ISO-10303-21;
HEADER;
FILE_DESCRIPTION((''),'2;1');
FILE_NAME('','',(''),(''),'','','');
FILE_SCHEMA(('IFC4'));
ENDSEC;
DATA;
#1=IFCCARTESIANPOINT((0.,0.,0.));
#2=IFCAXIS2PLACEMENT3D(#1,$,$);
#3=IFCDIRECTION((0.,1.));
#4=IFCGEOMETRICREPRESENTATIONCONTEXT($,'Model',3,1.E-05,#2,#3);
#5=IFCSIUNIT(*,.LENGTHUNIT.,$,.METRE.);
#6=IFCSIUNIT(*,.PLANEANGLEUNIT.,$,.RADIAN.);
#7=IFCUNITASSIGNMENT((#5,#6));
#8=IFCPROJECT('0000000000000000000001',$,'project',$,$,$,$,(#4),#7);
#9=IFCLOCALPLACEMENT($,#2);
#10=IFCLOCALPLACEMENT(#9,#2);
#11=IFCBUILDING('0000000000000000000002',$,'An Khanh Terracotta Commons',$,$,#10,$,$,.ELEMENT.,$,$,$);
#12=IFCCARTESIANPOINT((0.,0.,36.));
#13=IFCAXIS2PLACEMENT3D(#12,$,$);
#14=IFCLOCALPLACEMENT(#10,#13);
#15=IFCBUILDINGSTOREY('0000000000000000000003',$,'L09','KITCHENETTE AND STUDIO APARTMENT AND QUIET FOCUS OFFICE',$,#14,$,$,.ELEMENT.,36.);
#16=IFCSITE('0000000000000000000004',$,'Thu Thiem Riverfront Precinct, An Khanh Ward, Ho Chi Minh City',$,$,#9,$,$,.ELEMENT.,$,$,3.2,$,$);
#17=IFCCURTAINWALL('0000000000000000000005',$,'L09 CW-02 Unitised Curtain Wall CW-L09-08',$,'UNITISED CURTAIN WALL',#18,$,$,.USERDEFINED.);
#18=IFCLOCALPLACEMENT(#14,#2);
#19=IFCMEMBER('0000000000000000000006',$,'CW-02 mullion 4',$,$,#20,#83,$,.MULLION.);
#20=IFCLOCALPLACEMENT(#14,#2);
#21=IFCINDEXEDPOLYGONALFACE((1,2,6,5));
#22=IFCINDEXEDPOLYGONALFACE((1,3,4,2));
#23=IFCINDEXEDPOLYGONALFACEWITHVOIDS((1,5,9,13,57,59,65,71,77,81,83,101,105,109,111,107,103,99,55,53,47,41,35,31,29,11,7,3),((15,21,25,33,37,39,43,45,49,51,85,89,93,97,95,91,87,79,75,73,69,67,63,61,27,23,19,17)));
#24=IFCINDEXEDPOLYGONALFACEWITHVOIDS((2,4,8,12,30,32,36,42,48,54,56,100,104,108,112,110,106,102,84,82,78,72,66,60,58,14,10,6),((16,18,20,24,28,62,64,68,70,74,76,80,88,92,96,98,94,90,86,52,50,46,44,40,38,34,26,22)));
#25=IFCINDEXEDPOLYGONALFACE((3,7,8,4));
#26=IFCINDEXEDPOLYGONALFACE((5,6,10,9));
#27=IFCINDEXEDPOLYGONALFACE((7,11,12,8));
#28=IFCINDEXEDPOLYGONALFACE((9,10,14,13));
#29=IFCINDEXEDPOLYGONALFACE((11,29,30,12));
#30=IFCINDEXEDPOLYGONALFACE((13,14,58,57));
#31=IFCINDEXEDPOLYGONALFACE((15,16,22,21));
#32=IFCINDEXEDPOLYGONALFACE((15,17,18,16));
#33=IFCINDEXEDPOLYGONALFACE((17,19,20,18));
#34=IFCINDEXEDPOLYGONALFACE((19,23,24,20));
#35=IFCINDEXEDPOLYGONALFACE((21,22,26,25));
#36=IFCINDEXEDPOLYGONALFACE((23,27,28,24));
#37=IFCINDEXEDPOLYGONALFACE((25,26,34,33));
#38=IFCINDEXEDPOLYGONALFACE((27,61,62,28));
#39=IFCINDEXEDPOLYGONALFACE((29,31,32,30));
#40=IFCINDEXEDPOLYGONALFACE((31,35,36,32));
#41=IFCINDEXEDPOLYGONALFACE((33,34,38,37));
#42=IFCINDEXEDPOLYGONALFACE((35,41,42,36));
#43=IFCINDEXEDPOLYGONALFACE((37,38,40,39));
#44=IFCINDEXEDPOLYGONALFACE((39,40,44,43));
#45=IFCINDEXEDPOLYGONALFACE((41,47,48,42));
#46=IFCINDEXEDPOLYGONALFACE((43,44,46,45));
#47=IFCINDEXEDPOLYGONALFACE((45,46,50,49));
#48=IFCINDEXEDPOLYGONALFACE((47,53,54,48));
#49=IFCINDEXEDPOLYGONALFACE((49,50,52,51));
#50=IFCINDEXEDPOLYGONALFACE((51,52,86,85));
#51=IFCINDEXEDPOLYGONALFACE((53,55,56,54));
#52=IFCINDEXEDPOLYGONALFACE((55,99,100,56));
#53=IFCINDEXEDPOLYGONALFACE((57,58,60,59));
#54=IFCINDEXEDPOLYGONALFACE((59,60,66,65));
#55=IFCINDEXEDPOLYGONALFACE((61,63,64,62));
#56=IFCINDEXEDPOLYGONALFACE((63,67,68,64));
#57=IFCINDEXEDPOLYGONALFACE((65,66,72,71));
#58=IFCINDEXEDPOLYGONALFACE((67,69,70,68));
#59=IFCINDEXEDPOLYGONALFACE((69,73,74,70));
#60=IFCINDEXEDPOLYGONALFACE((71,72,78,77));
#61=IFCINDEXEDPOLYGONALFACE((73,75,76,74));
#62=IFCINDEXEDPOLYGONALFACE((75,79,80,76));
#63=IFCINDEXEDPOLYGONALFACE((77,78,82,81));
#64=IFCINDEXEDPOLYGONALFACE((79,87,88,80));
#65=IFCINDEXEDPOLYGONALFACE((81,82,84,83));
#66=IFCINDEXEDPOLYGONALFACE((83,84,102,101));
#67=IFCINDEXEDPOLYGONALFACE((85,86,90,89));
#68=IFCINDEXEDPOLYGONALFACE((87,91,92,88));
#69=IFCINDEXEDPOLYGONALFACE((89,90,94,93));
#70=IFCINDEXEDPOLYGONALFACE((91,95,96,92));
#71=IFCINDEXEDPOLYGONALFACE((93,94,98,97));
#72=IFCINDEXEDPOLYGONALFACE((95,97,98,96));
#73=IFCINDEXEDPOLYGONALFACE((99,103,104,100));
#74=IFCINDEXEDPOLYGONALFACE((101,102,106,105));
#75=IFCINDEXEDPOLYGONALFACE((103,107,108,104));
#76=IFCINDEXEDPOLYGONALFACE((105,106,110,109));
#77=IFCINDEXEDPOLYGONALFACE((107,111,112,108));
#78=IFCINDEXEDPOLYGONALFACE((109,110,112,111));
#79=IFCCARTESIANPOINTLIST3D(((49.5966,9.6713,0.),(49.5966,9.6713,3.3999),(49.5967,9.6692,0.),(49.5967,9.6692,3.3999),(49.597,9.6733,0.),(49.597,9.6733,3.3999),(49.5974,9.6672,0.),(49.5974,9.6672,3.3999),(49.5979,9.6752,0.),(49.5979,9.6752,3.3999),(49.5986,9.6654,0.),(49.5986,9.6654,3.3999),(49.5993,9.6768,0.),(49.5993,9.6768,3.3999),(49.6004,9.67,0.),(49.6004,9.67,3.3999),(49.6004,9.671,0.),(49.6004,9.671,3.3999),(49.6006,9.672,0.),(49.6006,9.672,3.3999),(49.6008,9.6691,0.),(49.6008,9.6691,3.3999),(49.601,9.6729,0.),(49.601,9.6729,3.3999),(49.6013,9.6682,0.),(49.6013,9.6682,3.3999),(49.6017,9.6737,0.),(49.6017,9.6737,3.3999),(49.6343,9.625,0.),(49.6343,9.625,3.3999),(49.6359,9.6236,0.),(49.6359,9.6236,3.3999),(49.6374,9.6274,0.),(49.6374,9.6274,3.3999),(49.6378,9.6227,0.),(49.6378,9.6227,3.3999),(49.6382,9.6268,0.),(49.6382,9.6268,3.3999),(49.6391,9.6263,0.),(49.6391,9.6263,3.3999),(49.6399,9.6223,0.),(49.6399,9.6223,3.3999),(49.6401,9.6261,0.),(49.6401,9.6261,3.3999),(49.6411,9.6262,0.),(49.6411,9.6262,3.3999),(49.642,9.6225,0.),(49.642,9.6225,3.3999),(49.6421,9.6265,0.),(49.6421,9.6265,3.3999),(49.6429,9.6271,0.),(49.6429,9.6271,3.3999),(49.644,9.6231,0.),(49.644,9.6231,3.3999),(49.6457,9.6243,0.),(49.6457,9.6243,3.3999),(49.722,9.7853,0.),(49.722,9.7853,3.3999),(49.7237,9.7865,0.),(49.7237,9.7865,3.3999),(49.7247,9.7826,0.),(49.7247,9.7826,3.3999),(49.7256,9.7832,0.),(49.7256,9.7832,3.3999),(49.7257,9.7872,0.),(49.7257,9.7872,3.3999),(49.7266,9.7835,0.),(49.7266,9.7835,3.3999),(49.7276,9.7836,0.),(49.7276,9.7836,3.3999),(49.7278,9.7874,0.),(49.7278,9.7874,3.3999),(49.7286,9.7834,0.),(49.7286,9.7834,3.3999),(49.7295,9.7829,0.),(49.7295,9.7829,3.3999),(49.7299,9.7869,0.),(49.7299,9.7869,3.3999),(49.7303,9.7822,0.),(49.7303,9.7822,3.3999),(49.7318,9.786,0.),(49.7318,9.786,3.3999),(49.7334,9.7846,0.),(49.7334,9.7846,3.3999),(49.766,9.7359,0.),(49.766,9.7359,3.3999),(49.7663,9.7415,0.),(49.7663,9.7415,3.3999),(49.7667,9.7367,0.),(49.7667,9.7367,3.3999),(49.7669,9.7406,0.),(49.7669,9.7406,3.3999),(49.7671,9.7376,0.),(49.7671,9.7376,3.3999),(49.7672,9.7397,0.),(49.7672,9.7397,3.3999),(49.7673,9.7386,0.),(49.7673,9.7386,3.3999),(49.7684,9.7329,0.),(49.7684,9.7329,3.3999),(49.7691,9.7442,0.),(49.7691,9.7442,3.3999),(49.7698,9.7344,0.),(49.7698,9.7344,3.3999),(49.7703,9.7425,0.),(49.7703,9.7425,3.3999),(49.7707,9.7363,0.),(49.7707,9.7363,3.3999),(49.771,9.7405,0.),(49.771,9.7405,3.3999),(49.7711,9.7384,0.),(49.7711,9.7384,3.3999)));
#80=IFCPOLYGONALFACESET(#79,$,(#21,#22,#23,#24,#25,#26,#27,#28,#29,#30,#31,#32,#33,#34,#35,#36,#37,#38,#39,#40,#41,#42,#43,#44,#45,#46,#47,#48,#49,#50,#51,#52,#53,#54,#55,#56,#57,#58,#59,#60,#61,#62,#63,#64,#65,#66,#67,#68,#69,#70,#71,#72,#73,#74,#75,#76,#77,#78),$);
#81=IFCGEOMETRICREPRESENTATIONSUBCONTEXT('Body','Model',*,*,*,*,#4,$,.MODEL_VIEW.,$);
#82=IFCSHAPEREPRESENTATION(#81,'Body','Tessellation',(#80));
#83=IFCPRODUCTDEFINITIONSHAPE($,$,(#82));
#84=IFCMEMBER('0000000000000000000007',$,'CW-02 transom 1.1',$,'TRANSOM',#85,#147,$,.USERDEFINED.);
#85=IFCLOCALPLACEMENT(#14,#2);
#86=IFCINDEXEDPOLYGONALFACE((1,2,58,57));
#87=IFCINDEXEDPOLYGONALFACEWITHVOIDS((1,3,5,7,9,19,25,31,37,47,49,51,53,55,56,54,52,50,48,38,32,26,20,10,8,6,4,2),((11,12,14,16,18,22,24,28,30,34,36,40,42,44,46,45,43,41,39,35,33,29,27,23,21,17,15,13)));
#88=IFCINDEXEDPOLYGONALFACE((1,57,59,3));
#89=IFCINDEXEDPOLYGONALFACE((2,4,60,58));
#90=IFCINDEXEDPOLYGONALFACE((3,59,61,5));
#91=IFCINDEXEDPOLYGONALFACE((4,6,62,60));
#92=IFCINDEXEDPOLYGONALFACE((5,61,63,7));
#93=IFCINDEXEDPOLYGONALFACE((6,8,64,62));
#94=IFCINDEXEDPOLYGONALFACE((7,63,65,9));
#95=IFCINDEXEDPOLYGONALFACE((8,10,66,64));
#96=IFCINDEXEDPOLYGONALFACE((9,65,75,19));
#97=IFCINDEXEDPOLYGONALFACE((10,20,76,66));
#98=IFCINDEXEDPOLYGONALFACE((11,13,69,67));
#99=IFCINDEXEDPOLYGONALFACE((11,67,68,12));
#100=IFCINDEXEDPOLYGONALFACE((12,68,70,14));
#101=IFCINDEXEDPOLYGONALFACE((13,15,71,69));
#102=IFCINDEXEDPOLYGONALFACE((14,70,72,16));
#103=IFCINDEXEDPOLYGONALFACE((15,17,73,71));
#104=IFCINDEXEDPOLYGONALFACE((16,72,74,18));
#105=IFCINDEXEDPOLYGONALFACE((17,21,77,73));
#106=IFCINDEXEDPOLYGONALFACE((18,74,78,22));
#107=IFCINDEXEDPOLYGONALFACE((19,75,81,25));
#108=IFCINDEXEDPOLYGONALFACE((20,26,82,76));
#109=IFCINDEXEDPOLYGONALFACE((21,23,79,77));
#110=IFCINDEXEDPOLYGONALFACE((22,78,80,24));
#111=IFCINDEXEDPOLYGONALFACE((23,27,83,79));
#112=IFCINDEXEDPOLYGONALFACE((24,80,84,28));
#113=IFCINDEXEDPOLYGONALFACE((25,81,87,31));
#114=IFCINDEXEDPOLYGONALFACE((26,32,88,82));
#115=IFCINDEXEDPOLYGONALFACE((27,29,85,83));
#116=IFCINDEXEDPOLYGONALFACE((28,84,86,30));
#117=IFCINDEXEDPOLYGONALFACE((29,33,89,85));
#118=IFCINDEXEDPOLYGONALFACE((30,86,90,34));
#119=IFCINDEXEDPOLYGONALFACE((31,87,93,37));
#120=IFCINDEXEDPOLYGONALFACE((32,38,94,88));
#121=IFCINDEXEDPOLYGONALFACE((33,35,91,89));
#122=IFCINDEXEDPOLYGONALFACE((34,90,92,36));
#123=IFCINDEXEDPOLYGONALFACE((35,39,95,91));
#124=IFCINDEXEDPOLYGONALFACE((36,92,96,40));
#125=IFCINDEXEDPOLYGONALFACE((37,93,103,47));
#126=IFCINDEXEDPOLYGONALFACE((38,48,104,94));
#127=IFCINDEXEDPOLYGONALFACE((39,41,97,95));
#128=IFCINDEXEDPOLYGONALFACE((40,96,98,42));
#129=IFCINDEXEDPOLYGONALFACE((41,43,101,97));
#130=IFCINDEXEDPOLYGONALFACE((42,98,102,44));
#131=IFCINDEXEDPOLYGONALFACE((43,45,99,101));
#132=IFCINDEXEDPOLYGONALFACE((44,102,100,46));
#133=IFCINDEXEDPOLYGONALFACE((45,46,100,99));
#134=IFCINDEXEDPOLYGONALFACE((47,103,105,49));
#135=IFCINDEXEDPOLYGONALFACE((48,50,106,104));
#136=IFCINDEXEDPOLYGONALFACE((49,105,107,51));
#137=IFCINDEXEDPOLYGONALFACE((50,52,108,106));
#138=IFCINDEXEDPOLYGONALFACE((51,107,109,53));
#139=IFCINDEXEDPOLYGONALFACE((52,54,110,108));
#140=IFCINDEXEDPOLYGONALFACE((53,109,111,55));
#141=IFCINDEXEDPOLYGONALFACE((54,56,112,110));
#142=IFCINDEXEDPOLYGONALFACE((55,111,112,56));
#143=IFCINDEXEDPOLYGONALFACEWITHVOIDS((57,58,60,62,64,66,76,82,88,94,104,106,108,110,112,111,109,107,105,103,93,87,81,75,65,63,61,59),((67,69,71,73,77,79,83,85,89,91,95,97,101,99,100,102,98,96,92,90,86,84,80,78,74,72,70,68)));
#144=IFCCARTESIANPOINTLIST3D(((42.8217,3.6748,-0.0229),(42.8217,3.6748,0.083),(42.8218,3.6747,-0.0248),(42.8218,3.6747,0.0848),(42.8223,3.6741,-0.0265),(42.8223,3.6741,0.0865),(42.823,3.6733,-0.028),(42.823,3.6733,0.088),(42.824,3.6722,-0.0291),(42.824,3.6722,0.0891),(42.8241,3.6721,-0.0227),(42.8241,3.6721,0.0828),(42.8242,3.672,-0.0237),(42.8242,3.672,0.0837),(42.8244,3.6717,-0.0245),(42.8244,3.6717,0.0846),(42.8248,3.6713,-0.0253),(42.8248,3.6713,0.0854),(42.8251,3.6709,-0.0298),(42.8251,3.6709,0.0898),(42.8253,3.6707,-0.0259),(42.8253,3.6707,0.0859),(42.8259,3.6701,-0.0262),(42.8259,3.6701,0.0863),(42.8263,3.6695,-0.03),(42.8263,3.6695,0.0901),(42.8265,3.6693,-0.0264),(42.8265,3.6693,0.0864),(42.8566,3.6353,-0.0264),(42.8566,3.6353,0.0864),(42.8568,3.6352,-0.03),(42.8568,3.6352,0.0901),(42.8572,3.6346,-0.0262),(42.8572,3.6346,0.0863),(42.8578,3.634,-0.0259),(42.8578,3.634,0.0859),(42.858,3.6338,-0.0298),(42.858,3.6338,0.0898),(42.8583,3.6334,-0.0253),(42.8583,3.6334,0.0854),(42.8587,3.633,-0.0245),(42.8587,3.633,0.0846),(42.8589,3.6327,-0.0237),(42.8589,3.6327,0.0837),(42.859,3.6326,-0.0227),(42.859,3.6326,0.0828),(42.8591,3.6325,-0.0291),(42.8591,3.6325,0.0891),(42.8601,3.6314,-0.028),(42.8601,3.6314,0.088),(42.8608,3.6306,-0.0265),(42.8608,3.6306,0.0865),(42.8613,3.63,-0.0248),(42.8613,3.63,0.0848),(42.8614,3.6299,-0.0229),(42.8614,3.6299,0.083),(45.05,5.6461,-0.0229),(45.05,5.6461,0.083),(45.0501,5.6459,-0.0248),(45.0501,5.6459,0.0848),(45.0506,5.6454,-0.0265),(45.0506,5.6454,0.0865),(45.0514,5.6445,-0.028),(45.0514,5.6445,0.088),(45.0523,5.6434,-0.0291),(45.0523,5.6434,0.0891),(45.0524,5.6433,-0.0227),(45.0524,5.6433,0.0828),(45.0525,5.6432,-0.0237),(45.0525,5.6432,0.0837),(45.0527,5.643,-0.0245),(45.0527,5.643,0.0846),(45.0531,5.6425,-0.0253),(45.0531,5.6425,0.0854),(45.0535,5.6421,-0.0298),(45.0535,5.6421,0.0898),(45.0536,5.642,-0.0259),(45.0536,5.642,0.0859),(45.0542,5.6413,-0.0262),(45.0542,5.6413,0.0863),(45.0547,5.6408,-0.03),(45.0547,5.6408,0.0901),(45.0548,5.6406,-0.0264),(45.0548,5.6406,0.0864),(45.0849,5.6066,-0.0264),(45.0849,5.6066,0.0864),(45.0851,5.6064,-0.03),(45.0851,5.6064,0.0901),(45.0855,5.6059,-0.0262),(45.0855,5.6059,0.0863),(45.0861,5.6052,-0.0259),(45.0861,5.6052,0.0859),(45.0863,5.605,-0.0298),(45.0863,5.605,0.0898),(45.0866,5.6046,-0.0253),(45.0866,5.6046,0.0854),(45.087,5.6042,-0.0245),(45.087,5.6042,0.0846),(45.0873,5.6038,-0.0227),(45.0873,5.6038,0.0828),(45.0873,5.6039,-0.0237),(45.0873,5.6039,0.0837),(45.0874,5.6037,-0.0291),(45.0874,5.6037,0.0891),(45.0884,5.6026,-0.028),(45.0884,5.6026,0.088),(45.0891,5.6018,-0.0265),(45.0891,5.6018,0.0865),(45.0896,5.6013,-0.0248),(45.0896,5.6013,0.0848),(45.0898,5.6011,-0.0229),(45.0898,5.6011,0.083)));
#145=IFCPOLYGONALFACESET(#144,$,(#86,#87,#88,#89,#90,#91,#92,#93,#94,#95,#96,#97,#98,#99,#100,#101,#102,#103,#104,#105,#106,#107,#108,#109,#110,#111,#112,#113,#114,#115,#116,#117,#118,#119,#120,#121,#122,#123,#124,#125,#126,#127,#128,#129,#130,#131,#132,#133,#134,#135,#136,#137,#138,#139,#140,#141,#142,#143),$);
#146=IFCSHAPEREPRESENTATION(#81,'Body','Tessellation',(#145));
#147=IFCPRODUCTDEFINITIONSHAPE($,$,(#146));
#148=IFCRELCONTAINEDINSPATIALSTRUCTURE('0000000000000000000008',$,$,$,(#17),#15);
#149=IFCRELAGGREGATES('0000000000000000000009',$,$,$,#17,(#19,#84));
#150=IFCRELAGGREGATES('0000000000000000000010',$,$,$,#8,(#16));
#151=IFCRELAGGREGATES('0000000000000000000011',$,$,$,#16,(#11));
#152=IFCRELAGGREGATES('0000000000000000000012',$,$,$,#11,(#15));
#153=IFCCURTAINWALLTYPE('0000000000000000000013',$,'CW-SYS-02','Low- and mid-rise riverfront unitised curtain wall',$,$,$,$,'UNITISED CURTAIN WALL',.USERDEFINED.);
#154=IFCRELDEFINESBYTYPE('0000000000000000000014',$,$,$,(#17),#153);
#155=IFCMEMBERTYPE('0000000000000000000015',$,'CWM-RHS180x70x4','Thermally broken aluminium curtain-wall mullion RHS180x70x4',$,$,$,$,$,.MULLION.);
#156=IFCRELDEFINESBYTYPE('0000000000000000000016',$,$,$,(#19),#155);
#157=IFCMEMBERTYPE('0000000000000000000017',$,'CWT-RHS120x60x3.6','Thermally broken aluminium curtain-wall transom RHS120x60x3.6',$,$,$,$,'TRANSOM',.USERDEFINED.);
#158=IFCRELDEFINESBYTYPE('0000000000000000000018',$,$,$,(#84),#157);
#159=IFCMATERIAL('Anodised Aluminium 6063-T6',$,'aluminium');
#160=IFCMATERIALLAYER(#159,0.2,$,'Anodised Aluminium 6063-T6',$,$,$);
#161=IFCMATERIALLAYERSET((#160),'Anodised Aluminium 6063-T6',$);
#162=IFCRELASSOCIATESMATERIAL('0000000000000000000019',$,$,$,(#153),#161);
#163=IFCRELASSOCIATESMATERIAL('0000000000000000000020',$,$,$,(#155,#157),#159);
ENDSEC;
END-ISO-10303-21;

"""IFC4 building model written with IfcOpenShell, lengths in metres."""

from ifc_helpers import new_model, si_unit, direction, frame, origin, origin_2d, place, context, subcontext, project, spatial, hollow_rectangle, extrude, material, layer, layer_set, material_profile, profile_set, type_object, element, aggregate, save


model = new_model("IFC4")

# Units and contexts
model_context = context("Model", 3, precision=1e-05, world=origin(), true_north=direction((0.0, 1.0)))
body_context = subcontext(model_context, "Body", "Model", "MODEL_VIEW")
ifc_project = project(units=[si_unit("LENGTHUNIT", "METRE"), si_unit("PLANEANGLEUNIT", "RADIAN")], contexts=[model_context])

# Site, building, storey
site_placement = place(None, origin())
site = spatial("IfcSite", under=ifc_project, at=site_placement, Name="Thu Thiem Riverfront Precinct, An Khanh Ward, Ho Chi Minh City", CompositionType="ELEMENT", RefElevation=3.2)
building_placement = place(site_placement, origin())
building = spatial("IfcBuilding", under=site, at=building_placement, Name="An Khanh Terracotta Commons", CompositionType="ELEMENT")
storey_placement = place(building_placement, frame((0.0, 0.0, 36.0)))
storey = spatial("IfcBuildingStorey", under=building, at=storey_placement, Name="L09", Description="KITCHENETTE AND STUDIO APARTMENT AND QUIET FOCUS OFFICE", CompositionType="ELEMENT", Elevation=36.0)

# Curtain wall, members
ifc_material_1 = material(Name="Anodised Aluminium 6063-T6", Category="aluminium")
ifc_layer_1 = layer(ifc_material_1, 0.2, Name="Anodised Aluminium 6063-T6")
ifc_layer_set_1 = layer_set([ifc_layer_1], Name="Anodised Aluminium 6063-T6")
curtain_wall_type = type_object("IfcCurtainWallType", Name="CW-SYS-02", Description="Low- and mid-rise riverfront unitised curtain wall", ElementType="UNITISED CURTAIN WALL", PredefinedType="USERDEFINED", material=ifc_layer_set_1)
curtain_wall_placement = place(storey_placement, origin())
curtain_wall = element("IfcCurtainWall", 1, at=curtain_wall_placement, inside=storey, type_object=curtain_wall_type, Name="L09 CW-02 Unitised Curtain Wall CW-L09-08", ObjectType="UNITISED CURTAIN WALL", PredefinedType="USERDEFINED")
ifc_material_profile_1 = material_profile(ifc_material_1, hollow_rectangle(XDim=0.0701, YDim=0.1799, WallThickness=0.0039, InnerFilletRadius=0.0039, OuterFilletRadius=0.0081, at=origin_2d()), Name="RHS180x70x4")
ifc_profile_set_1 = profile_set([ifc_material_profile_1], Name="Anodised Aluminium 6063-T6")
member_type_1 = type_object("IfcMemberType", Name="CWM-RHS180x70x4", Description="Thermally broken aluminium curtain-wall mullion RHS180x70x4", PredefinedType="MULLION", material=ifc_profile_set_1)
member_1_placement = place(storey_placement, frame((49.6838, 9.7048, 0.0), z_axis=(0.0, 0.0, 1.0), x_axis=(-0.662548, 0.749019, 0.0)))
member_1 = element("IfcMember", 2, at=member_1_placement, type_object=member_type_1, Name="CW-02 mullion 4", PredefinedType="MULLION", context=body_context, shape_type="SweptSolid", body=[
    extrude(hollow_rectangle(XDim=0.0701, YDim=0.1799, WallThickness=0.0039, InnerFilletRadius=0.0039, OuterFilletRadius=0.0081, at=origin_2d()), origin(), (0.0, 0.0, 1.0), 3.3999),
])
ifc_material_profile_2 = material_profile(ifc_material_1, hollow_rectangle(XDim=0.0601, YDim=0.1201, WallThickness=0.0037, InnerFilletRadius=0.0037, OuterFilletRadius=0.0071, at=origin_2d()), Name="RHS120x60x3.6")
ifc_profile_set_2 = profile_set([ifc_material_profile_2], Name="Anodised Aluminium 6063-T6")
member_type_2 = type_object("IfcMemberType", Name="CWT-RHS120x60x3.6", Description="Thermally broken aluminium curtain-wall transom RHS120x60x3.6", ElementType="TRANSOM", PredefinedType="USERDEFINED", material=ifc_profile_set_2)
member_2_placement = place(storey_placement, frame((42.8416, 3.6523, 0.03), z_axis=(0.748992, 0.662579, 0.0), x_axis=(-0.662579, 0.748992, 0.0)))
member_2 = element("IfcMember", 3, at=member_2_placement, type_object=member_type_2, Name="CW-02 transom 1.1", ObjectType="TRANSOM", PredefinedType="USERDEFINED", context=body_context, shape_type="SweptSolid", body=[
    extrude(hollow_rectangle(XDim=0.0601, YDim=0.1201, WallThickness=0.0037, InnerFilletRadius=0.0037, OuterFilletRadius=0.0071, at=origin_2d()), origin(), (0.0, 0.0, 1.0), 2.9751),
])
aggregate(curtain_wall, [member_1, member_2])

save(model, "model.ifc")
